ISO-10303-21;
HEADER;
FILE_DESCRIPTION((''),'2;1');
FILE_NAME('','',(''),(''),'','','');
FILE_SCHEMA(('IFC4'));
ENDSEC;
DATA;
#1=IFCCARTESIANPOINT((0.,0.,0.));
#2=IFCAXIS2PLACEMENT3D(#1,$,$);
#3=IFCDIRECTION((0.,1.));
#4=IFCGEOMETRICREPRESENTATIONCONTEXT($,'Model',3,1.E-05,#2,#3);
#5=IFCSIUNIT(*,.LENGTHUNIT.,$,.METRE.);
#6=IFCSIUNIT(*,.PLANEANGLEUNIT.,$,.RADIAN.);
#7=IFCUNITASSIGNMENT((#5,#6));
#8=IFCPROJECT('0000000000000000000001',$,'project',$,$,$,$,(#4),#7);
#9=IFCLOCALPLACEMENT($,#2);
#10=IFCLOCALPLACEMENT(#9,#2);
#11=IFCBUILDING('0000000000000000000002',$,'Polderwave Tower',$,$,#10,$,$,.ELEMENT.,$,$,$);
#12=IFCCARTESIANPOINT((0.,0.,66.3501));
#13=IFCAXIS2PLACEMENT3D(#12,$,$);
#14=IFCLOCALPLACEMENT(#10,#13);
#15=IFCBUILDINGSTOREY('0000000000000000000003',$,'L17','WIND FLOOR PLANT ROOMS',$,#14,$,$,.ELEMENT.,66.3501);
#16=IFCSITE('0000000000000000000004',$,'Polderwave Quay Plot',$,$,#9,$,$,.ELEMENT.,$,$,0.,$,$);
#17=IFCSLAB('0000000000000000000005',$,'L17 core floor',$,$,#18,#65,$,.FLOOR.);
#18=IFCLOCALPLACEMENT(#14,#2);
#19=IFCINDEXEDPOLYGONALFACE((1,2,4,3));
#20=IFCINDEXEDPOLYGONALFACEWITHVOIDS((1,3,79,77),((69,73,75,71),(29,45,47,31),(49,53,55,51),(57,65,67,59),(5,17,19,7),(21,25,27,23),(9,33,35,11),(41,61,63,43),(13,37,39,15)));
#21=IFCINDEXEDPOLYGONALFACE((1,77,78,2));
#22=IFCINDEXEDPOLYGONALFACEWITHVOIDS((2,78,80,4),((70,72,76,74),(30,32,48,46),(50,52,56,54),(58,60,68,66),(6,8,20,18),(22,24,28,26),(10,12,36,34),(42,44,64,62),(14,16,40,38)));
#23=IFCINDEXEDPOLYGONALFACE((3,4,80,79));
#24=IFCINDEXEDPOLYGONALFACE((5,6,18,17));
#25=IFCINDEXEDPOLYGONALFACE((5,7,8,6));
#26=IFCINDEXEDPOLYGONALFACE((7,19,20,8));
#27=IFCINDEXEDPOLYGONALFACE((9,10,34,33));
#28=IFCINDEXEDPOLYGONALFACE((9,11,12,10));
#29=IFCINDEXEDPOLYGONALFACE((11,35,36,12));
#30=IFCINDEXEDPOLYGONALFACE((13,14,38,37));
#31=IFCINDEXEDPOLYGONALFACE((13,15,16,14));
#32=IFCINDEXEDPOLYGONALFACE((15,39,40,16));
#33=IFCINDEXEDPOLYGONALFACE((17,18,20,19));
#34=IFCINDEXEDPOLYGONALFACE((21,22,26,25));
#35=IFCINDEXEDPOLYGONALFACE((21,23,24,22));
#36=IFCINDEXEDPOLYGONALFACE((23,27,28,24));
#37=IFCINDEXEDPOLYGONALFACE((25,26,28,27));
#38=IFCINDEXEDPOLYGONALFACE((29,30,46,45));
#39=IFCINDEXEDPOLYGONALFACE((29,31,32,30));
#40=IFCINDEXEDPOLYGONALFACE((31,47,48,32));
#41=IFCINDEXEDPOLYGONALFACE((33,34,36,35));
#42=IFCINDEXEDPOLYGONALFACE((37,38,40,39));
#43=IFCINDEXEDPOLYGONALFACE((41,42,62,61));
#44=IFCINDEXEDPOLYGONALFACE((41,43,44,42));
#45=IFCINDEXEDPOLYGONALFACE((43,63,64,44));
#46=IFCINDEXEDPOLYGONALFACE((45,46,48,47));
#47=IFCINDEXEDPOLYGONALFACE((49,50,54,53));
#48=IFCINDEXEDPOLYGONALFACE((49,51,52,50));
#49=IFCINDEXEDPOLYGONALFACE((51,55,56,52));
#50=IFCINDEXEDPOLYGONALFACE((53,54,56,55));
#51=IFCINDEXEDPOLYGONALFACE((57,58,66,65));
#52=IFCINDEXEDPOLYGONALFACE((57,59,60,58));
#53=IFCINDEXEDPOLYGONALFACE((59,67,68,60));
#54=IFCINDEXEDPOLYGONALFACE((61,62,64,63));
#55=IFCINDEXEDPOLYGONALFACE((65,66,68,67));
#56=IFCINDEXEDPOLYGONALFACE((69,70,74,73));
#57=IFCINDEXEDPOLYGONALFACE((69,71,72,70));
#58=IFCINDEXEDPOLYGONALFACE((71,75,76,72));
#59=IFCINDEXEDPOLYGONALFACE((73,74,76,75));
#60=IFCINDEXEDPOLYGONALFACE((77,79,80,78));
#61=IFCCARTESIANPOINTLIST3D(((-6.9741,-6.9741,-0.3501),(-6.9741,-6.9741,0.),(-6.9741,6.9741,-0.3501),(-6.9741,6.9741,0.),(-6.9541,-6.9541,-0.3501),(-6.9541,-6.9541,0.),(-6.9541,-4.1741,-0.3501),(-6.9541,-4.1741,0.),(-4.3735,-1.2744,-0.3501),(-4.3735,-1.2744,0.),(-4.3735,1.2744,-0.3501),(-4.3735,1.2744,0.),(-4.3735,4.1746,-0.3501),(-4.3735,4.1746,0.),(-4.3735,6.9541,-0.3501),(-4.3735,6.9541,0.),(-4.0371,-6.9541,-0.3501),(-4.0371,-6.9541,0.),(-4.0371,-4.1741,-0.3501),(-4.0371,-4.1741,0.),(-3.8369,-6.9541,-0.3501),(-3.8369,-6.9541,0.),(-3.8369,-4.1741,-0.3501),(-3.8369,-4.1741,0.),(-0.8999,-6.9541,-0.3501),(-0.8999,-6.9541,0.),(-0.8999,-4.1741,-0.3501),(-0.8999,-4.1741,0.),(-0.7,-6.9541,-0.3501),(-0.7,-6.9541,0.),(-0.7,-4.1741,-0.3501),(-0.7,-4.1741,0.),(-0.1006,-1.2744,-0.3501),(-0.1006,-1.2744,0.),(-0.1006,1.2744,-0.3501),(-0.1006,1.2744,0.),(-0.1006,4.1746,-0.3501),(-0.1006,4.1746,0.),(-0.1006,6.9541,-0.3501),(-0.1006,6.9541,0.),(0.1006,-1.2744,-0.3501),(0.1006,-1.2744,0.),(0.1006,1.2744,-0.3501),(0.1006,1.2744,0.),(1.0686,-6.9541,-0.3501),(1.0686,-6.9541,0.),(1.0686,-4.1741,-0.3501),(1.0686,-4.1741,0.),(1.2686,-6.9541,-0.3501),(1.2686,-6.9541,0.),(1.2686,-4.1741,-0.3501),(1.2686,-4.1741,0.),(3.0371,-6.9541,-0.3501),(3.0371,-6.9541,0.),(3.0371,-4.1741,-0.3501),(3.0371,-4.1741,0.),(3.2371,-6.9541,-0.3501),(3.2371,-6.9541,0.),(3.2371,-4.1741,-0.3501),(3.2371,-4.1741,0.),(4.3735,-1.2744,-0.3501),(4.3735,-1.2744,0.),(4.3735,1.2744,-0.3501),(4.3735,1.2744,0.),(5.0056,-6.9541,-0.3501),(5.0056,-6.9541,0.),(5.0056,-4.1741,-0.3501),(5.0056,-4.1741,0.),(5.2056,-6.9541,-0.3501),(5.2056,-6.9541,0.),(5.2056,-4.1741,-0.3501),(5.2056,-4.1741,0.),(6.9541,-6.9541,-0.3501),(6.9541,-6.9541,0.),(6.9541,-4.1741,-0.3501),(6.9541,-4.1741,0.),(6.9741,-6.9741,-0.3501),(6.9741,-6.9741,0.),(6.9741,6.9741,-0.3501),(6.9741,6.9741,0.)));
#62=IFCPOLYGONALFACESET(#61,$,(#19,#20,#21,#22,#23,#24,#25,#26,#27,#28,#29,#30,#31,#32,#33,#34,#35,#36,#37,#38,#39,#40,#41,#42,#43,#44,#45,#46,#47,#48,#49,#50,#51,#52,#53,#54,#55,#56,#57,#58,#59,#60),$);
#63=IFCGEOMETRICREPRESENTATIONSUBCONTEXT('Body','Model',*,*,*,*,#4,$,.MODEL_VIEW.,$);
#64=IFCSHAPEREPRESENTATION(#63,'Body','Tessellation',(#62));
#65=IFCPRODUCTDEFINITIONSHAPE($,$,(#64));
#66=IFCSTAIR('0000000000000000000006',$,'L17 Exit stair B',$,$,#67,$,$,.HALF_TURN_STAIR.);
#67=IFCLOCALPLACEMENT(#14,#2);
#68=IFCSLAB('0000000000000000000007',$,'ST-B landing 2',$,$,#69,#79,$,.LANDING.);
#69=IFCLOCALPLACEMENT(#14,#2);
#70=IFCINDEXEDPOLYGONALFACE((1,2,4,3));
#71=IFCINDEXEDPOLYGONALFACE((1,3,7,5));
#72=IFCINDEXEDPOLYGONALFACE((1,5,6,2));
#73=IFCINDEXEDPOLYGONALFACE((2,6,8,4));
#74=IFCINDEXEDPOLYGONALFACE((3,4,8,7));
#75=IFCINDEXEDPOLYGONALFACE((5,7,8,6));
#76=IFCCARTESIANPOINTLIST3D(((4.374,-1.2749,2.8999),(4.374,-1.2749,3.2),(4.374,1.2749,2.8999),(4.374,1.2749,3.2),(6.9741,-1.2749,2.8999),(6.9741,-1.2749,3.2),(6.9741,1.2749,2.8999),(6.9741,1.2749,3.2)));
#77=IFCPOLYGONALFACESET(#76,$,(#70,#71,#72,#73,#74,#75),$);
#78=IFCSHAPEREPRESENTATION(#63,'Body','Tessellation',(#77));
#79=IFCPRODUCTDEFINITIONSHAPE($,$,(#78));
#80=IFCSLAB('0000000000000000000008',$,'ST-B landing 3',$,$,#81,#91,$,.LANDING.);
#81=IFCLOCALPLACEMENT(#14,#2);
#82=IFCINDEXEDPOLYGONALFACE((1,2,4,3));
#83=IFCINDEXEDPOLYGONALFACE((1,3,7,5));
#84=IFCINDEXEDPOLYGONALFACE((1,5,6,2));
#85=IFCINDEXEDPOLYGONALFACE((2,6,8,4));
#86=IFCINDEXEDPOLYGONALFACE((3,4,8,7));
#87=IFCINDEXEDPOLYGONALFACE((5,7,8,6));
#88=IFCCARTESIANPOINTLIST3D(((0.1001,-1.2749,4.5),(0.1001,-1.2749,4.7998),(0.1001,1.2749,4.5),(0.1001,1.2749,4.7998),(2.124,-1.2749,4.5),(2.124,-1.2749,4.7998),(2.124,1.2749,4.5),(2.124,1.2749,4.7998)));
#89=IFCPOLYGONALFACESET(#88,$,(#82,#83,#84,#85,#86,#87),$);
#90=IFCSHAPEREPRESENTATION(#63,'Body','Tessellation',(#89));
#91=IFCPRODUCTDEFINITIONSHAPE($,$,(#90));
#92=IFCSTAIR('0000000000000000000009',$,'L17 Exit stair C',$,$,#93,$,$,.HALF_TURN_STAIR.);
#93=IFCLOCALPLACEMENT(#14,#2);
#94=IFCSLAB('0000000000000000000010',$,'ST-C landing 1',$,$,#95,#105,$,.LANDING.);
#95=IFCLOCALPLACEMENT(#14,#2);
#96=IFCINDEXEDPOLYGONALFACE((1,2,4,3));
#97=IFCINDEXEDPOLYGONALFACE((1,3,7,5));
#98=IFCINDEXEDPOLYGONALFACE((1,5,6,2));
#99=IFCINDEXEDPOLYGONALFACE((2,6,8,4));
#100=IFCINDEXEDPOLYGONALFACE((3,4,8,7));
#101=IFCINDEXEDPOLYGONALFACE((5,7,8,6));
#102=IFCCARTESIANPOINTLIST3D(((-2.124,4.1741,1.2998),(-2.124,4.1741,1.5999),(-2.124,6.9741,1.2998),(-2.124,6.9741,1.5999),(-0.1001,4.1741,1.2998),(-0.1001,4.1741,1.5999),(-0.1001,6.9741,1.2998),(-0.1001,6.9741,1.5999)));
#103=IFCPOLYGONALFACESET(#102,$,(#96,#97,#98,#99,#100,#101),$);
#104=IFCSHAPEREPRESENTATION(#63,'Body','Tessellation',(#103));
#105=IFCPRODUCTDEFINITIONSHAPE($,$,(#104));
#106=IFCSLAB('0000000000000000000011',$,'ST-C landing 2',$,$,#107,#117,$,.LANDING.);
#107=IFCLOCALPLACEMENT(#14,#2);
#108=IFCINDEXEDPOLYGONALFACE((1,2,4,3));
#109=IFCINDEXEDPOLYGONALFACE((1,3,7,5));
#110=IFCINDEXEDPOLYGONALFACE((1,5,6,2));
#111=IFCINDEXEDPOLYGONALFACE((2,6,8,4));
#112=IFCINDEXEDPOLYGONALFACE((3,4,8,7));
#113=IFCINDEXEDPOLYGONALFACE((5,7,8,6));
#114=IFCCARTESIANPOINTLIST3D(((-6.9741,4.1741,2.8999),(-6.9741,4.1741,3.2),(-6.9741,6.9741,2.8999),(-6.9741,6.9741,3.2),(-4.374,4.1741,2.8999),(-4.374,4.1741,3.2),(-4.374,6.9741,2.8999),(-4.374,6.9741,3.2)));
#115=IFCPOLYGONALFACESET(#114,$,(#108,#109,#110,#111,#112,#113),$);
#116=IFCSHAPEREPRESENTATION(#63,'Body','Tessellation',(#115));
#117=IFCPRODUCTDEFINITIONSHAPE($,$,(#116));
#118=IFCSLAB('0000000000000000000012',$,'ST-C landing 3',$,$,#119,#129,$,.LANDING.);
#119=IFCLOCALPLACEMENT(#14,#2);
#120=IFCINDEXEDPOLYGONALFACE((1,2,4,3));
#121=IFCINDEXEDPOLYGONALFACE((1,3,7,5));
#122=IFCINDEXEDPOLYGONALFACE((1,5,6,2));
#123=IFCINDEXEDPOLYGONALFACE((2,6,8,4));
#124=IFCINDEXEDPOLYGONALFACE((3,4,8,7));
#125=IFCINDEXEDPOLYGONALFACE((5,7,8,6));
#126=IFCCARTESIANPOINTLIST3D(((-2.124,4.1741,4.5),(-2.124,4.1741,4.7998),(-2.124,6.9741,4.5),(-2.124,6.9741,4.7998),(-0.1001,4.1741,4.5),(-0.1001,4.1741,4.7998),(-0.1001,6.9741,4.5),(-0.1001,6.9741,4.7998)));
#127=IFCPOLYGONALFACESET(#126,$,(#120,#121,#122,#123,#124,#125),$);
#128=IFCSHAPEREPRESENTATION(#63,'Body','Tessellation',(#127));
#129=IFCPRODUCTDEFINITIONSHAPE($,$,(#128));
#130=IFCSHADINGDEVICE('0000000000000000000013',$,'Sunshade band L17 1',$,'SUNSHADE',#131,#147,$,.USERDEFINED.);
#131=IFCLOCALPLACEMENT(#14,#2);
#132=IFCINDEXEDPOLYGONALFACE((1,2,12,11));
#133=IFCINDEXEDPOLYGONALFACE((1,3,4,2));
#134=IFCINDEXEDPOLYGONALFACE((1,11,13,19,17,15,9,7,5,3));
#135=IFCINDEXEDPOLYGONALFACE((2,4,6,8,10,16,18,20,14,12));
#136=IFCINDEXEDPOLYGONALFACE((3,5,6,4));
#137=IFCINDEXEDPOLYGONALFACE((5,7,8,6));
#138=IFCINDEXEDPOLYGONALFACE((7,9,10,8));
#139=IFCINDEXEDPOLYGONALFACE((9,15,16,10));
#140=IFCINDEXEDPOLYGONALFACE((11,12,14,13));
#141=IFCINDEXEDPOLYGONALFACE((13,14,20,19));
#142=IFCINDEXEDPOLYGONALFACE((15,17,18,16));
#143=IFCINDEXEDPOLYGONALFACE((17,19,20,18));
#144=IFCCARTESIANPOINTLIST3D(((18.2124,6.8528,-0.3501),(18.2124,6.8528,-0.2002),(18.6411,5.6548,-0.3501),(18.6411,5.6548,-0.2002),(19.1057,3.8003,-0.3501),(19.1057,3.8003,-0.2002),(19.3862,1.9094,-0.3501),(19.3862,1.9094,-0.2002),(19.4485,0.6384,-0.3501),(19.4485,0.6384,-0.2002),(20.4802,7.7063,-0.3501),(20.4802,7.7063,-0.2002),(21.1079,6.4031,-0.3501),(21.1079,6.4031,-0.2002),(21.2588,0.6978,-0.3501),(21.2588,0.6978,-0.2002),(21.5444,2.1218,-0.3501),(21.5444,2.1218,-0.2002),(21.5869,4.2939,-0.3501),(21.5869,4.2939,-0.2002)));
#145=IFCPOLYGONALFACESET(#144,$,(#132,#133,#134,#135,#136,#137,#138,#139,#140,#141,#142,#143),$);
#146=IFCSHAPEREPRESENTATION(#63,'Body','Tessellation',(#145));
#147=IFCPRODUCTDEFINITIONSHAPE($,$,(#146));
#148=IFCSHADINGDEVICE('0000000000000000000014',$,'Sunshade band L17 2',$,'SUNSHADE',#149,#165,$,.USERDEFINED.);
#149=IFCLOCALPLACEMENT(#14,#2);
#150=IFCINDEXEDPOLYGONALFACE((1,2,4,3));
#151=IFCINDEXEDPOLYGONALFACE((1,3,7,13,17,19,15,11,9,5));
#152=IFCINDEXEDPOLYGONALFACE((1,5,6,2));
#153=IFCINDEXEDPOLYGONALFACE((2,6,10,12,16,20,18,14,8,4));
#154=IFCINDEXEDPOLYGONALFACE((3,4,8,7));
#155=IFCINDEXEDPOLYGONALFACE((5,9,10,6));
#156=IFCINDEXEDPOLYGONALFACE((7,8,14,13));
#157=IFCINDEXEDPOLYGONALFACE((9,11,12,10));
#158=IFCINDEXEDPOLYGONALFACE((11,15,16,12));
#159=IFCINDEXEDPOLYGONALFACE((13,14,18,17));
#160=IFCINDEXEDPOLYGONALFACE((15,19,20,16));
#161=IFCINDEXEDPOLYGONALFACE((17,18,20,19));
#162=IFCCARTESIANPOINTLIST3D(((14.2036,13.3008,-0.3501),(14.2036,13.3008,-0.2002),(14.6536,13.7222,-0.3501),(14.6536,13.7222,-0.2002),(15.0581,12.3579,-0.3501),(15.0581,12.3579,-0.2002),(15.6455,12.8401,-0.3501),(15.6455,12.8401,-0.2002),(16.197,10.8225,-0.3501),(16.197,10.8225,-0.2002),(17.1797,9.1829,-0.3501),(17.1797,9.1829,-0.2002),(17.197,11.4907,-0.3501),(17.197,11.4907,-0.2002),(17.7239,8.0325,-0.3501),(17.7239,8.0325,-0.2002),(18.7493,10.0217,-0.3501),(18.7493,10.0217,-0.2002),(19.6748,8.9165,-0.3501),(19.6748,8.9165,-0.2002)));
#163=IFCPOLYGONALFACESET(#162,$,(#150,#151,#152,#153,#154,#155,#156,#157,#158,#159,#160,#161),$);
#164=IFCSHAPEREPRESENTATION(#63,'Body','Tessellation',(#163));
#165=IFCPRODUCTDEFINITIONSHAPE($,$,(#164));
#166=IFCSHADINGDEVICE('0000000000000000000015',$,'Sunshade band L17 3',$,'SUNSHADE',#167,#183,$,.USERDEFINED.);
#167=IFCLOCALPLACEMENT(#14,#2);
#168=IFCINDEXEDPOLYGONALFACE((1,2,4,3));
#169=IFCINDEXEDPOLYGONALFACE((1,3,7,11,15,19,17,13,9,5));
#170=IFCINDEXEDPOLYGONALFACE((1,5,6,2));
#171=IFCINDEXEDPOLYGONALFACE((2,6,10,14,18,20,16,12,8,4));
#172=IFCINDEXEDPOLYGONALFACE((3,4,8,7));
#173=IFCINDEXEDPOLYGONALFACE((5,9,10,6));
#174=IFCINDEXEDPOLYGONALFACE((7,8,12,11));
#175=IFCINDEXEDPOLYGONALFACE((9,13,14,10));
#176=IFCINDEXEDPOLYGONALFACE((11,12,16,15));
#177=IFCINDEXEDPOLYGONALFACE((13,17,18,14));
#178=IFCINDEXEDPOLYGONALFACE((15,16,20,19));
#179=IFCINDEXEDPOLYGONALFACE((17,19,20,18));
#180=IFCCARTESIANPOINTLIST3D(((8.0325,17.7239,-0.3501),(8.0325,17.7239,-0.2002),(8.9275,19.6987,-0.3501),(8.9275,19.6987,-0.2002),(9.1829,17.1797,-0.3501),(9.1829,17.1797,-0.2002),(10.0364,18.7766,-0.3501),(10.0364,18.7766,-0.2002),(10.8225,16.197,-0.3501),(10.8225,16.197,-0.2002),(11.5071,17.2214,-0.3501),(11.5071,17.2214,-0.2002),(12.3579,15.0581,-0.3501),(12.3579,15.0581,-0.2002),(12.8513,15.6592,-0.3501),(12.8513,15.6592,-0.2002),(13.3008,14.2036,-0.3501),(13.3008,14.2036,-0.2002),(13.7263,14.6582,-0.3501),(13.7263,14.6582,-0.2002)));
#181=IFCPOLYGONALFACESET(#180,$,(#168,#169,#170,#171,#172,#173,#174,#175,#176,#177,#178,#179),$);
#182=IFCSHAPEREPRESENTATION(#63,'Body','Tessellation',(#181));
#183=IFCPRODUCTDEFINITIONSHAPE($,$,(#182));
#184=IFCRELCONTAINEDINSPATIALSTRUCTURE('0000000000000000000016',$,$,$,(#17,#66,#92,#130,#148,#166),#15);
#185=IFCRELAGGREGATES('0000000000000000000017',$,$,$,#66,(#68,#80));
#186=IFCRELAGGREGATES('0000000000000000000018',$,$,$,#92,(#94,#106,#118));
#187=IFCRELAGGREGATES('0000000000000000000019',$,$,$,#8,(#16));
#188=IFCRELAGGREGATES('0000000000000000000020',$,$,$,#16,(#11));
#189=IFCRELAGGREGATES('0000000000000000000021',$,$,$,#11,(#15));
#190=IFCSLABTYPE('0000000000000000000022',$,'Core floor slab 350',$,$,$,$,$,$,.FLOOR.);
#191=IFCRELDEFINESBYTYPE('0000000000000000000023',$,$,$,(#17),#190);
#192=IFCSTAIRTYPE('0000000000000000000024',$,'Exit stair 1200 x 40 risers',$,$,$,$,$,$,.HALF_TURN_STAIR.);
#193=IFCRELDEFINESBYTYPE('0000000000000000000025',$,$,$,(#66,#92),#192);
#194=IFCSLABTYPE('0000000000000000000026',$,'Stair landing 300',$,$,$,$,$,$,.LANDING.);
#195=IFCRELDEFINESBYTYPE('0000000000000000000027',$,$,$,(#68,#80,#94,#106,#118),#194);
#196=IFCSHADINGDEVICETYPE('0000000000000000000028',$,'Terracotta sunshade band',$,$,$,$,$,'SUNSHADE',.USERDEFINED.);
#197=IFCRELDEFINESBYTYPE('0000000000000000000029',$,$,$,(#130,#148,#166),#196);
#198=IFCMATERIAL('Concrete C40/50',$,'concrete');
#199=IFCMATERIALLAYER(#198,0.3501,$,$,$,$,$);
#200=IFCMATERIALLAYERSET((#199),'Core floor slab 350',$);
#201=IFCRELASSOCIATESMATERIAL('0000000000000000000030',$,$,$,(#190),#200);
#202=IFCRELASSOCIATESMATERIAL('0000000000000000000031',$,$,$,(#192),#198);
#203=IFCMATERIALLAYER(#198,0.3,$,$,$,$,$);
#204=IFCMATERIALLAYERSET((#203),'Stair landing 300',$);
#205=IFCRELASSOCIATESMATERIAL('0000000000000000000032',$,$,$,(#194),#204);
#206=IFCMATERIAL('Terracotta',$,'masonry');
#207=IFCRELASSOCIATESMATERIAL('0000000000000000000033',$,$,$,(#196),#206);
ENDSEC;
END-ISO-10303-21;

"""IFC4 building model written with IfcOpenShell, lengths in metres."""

from ifc_helpers import new_model, si_unit, direction, frame, origin, place, context, subcontext, project, spatial, polyline, outline, extrude, material, layer, layer_set, type_object, element, aggregate, save


model = new_model("IFC4")

# Units and contexts
model_context = context("Model", 3, precision=1e-05, world=origin(), true_north=direction((0.0, 1.0)))
body_context = subcontext(model_context, "Body", "Model", "MODEL_VIEW")
ifc_project = project(units=[si_unit("LENGTHUNIT", "METRE"), si_unit("PLANEANGLEUNIT", "RADIAN")], contexts=[model_context])

# Site, building, storey
site_placement = place(None, origin())
site = spatial("IfcSite", under=ifc_project, at=site_placement, Name="Polderwave Quay Plot", CompositionType="ELEMENT", RefElevation=0.0)
building_placement = place(site_placement, origin())
building = spatial("IfcBuilding", under=site, at=building_placement, Name="Polderwave Tower", CompositionType="ELEMENT")
storey_placement = place(building_placement, frame((0.0, 0.0, 66.3501)))
storey = spatial("IfcBuildingStorey", under=building, at=storey_placement, Name="L17", Description="WIND FLOOR PLANT ROOMS", CompositionType="ELEMENT", Elevation=66.3501)

# Slab
ifc_material_1 = material(Name="Concrete C40/50", Category="concrete")
ifc_layer_1 = layer(ifc_material_1, 0.3501)
ifc_layer_set_1 = layer_set([ifc_layer_1], Name="Core floor slab 350")
slab_type_1 = type_object("IfcSlabType", Name="Core floor slab 350", PredefinedType="FLOOR", material=ifc_layer_set_1)
slab_1_placement = place(storey_placement, frame((0.0, 0.0, -0.3501)))
element("IfcSlab", 1, at=slab_1_placement, inside=storey, type_object=slab_type_1, Name="L17 core floor", PredefinedType="FLOOR", context=body_context, shape_type="SweptSolid", body=[
    extrude(outline(polyline([(-6.9741, -6.9741), (6.9741, -6.9741), (6.9741, 6.9741), (-6.9741, 6.9741), (-6.9741, -6.9741)]), holes=[polyline([(-6.9541, -6.9541), (-4.0371, -6.9541), (-4.0371, -4.1741), (-6.9541, -4.1741), (-6.9541, -6.9541)]), polyline([(-3.8369, -6.9541), (-0.8999, -6.9541), (-0.8999, -4.1741), (-3.8369, -4.1741), (-3.8369, -6.9541)]), polyline([(-0.7, -6.9541), (1.0686, -6.9541), (1.0686, -4.1741), (-0.7, -4.1741), (-0.7, -6.9541)]), polyline([(1.2686, -6.9541), (3.0371, -6.9541), (3.0371, -4.1741), (1.2686, -4.1741), (1.2686, -6.9541)]), polyline([(3.2371, -6.9541), (5.0056, -6.9541), (5.0056, -4.1741), (3.2371, -4.1741), (3.2371, -6.9541)]), polyline([(5.2056, -6.9541), (6.9541, -6.9541), (6.9541, -4.1741), (5.2056, -4.1741), (5.2056, -6.9541)]), polyline([(-4.3735, -1.2744), (-0.1006, -1.2744), (-0.1006, 1.2744), (-4.3735, 1.2744), (-4.3735, -1.2744)]), polyline([(0.1006, -1.2744), (4.3735, -1.2744), (4.3735, 1.2744), (0.1006, 1.2744), (0.1006, -1.2744)]), polyline([(-4.3735, 4.1746), (-0.1006, 4.1746), (-0.1006, 6.9541), (-4.3735, 6.9541), (-4.3735, 4.1746)])]), origin(), (0.0, 0.0, 1.0), 0.3501),
])

# Stairs, slabs
stair_type = type_object("IfcStairType", Name="Exit stair 1200 x 40 risers", PredefinedType="HALF_TURN_STAIR", material=ifc_material_1)
stair_1_placement = place(storey_placement, origin())
stair_1 = element("IfcStair", 2, at=stair_1_placement, inside=storey, type_object=stair_type, Name="L17 Exit stair B", PredefinedType="HALF_TURN_STAIR")
ifc_layer_2 = layer(ifc_material_1, 0.3)
ifc_layer_set_2 = layer_set([ifc_layer_2], Name="Stair landing 300")
slab_type_2 = type_object("IfcSlabType", Name="Stair landing 300", PredefinedType="LANDING", material=ifc_layer_set_2)
slab_2_placement = place(storey_placement, frame((0.0, 0.0, 2.8999)))
slab_2 = element("IfcSlab", 3, at=slab_2_placement, type_object=slab_type_2, Name="ST-B landing 2", PredefinedType="LANDING", context=body_context, shape_type="SweptSolid", body=[
    extrude(outline(polyline([(6.9741, 1.2749), (4.374, 1.2749), (4.374, -1.2749), (6.9741, -1.2749), (6.9741, 1.2749)])), origin(), (0.0, 0.0, 1.0), 0.3),
])
slab_3_placement = place(storey_placement, frame((0.0, 0.0, 4.5)))
slab_3 = element("IfcSlab", 4, at=slab_3_placement, type_object=slab_type_2, Name="ST-B landing 3", PredefinedType="LANDING", context=body_context, shape_type="SweptSolid", body=[
    extrude(outline(polyline([(2.124, 1.2749), (0.1001, 1.2749), (0.1001, -1.2749), (2.124, -1.2749), (2.124, 1.2749)])), origin(), (0.0, 0.0, 1.0), 0.2998),
])
aggregate(stair_1, [slab_2, slab_3])
stair_2_placement = place(storey_placement, origin())
stair_2 = element("IfcStair", 5, at=stair_2_placement, inside=storey, type_object=stair_type, Name="L17 Exit stair C", PredefinedType="HALF_TURN_STAIR")
slab_4_placement = place(storey_placement, frame((0.0, 0.0, 1.2998)))
slab_4 = element("IfcSlab", 6, at=slab_4_placement, type_object=slab_type_2, Name="ST-C landing 1", PredefinedType="LANDING", context=body_context, shape_type="SweptSolid", body=[
    extrude(outline(polyline([(-2.124, 4.1741), (-0.1001, 4.1741), (-0.1001, 6.9741), (-2.124, 6.9741), (-2.124, 4.1741)])), origin(), (0.0, 0.0, 1.0), 0.3),
])
slab_5_placement = place(storey_placement, frame((0.0, 0.0, 2.8999)))
slab_5 = element("IfcSlab", 7, at=slab_5_placement, type_object=slab_type_2, Name="ST-C landing 2", PredefinedType="LANDING", context=body_context, shape_type="SweptSolid", body=[
    extrude(outline(polyline([(-6.9741, 4.1741), (-4.374, 4.1741), (-4.374, 6.9741), (-6.9741, 6.9741), (-6.9741, 4.1741)])), origin(), (0.0, 0.0, 1.0), 0.3),
])
slab_6_placement = place(storey_placement, frame((0.0, 0.0, 4.5)))
slab_6 = element("IfcSlab", 8, at=slab_6_placement, type_object=slab_type_2, Name="ST-C landing 3", PredefinedType="LANDING", context=body_context, shape_type="SweptSolid", body=[
    extrude(outline(polyline([(-2.124, 4.1741), (-0.1001, 4.1741), (-0.1001, 6.9741), (-2.124, 6.9741), (-2.124, 4.1741)])), origin(), (0.0, 0.0, 1.0), 0.2998),
])
aggregate(stair_2, [slab_4, slab_5, slab_6])

# Shading devices
ifc_material_2 = material(Name="Terracotta", Category="masonry")
shading_device_type = type_object("IfcShadingDeviceType", Name="Terracotta sunshade band", ElementType="SUNSHADE", PredefinedType="USERDEFINED", material=ifc_material_2)
shading_device_1_placement = place(storey_placement, frame((0.0, 0.0, -0.3501)))
element("IfcShadingDevice", 9, at=shading_device_1_placement, inside=storey, type_object=shading_device_type, Name="Sunshade band L17 1", ObjectType="SUNSHADE", PredefinedType="USERDEFINED", context=body_context, shape_type="SweptSolid", body=[
    extrude(outline(polyline([(19.4485, 0.6384), (19.3862, 1.9094), (19.1057, 3.8003), (18.6411, 5.6548), (18.2124, 6.8528), (20.4802, 7.7063), (21.1079, 6.4031), (21.5869, 4.2939), (21.5444, 2.1218), (21.2588, 0.6978), (19.4485, 0.6384)])), origin(), (0.0, 0.0, 1.0), 0.1499),
])
shading_device_2_placement = place(storey_placement, frame((0.0, 0.0, -0.3501)))
element("IfcShadingDevice", 10, at=shading_device_2_placement, inside=storey, type_object=shading_device_type, Name="Sunshade band L17 2", ObjectType="SUNSHADE", PredefinedType="USERDEFINED", context=body_context, shape_type="SweptSolid", body=[
    extrude(outline(polyline([(17.7239, 8.0325), (17.1797, 9.1829), (16.197, 10.8225), (15.0581, 12.3579), (14.2036, 13.3008), (14.6536, 13.7222), (15.6455, 12.8401), (17.197, 11.4907), (18.7493, 10.0217), (19.6748, 8.9165), (17.7239, 8.0325)])), origin(), (0.0, 0.0, 1.0), 0.1499),
])
shading_device_3_placement = place(storey_placement, frame((0.0, 0.0, -0.3501)))
element("IfcShadingDevice", 11, at=shading_device_3_placement, inside=storey, type_object=shading_device_type, Name="Sunshade band L17 3", ObjectType="SUNSHADE", PredefinedType="USERDEFINED", context=body_context, shape_type="SweptSolid", body=[
    extrude(outline(polyline([(13.3008, 14.2036), (12.3579, 15.0581), (10.8225, 16.197), (9.1829, 17.1797), (8.0325, 17.7239), (8.9275, 19.6987), (10.0364, 18.7766), (11.5071, 17.2214), (12.8513, 15.6592), (13.7263, 14.6582), (13.3008, 14.2036)])), origin(), (0.0, 0.0, 1.0), 0.1499),
])

save(model, "model.ifc")
